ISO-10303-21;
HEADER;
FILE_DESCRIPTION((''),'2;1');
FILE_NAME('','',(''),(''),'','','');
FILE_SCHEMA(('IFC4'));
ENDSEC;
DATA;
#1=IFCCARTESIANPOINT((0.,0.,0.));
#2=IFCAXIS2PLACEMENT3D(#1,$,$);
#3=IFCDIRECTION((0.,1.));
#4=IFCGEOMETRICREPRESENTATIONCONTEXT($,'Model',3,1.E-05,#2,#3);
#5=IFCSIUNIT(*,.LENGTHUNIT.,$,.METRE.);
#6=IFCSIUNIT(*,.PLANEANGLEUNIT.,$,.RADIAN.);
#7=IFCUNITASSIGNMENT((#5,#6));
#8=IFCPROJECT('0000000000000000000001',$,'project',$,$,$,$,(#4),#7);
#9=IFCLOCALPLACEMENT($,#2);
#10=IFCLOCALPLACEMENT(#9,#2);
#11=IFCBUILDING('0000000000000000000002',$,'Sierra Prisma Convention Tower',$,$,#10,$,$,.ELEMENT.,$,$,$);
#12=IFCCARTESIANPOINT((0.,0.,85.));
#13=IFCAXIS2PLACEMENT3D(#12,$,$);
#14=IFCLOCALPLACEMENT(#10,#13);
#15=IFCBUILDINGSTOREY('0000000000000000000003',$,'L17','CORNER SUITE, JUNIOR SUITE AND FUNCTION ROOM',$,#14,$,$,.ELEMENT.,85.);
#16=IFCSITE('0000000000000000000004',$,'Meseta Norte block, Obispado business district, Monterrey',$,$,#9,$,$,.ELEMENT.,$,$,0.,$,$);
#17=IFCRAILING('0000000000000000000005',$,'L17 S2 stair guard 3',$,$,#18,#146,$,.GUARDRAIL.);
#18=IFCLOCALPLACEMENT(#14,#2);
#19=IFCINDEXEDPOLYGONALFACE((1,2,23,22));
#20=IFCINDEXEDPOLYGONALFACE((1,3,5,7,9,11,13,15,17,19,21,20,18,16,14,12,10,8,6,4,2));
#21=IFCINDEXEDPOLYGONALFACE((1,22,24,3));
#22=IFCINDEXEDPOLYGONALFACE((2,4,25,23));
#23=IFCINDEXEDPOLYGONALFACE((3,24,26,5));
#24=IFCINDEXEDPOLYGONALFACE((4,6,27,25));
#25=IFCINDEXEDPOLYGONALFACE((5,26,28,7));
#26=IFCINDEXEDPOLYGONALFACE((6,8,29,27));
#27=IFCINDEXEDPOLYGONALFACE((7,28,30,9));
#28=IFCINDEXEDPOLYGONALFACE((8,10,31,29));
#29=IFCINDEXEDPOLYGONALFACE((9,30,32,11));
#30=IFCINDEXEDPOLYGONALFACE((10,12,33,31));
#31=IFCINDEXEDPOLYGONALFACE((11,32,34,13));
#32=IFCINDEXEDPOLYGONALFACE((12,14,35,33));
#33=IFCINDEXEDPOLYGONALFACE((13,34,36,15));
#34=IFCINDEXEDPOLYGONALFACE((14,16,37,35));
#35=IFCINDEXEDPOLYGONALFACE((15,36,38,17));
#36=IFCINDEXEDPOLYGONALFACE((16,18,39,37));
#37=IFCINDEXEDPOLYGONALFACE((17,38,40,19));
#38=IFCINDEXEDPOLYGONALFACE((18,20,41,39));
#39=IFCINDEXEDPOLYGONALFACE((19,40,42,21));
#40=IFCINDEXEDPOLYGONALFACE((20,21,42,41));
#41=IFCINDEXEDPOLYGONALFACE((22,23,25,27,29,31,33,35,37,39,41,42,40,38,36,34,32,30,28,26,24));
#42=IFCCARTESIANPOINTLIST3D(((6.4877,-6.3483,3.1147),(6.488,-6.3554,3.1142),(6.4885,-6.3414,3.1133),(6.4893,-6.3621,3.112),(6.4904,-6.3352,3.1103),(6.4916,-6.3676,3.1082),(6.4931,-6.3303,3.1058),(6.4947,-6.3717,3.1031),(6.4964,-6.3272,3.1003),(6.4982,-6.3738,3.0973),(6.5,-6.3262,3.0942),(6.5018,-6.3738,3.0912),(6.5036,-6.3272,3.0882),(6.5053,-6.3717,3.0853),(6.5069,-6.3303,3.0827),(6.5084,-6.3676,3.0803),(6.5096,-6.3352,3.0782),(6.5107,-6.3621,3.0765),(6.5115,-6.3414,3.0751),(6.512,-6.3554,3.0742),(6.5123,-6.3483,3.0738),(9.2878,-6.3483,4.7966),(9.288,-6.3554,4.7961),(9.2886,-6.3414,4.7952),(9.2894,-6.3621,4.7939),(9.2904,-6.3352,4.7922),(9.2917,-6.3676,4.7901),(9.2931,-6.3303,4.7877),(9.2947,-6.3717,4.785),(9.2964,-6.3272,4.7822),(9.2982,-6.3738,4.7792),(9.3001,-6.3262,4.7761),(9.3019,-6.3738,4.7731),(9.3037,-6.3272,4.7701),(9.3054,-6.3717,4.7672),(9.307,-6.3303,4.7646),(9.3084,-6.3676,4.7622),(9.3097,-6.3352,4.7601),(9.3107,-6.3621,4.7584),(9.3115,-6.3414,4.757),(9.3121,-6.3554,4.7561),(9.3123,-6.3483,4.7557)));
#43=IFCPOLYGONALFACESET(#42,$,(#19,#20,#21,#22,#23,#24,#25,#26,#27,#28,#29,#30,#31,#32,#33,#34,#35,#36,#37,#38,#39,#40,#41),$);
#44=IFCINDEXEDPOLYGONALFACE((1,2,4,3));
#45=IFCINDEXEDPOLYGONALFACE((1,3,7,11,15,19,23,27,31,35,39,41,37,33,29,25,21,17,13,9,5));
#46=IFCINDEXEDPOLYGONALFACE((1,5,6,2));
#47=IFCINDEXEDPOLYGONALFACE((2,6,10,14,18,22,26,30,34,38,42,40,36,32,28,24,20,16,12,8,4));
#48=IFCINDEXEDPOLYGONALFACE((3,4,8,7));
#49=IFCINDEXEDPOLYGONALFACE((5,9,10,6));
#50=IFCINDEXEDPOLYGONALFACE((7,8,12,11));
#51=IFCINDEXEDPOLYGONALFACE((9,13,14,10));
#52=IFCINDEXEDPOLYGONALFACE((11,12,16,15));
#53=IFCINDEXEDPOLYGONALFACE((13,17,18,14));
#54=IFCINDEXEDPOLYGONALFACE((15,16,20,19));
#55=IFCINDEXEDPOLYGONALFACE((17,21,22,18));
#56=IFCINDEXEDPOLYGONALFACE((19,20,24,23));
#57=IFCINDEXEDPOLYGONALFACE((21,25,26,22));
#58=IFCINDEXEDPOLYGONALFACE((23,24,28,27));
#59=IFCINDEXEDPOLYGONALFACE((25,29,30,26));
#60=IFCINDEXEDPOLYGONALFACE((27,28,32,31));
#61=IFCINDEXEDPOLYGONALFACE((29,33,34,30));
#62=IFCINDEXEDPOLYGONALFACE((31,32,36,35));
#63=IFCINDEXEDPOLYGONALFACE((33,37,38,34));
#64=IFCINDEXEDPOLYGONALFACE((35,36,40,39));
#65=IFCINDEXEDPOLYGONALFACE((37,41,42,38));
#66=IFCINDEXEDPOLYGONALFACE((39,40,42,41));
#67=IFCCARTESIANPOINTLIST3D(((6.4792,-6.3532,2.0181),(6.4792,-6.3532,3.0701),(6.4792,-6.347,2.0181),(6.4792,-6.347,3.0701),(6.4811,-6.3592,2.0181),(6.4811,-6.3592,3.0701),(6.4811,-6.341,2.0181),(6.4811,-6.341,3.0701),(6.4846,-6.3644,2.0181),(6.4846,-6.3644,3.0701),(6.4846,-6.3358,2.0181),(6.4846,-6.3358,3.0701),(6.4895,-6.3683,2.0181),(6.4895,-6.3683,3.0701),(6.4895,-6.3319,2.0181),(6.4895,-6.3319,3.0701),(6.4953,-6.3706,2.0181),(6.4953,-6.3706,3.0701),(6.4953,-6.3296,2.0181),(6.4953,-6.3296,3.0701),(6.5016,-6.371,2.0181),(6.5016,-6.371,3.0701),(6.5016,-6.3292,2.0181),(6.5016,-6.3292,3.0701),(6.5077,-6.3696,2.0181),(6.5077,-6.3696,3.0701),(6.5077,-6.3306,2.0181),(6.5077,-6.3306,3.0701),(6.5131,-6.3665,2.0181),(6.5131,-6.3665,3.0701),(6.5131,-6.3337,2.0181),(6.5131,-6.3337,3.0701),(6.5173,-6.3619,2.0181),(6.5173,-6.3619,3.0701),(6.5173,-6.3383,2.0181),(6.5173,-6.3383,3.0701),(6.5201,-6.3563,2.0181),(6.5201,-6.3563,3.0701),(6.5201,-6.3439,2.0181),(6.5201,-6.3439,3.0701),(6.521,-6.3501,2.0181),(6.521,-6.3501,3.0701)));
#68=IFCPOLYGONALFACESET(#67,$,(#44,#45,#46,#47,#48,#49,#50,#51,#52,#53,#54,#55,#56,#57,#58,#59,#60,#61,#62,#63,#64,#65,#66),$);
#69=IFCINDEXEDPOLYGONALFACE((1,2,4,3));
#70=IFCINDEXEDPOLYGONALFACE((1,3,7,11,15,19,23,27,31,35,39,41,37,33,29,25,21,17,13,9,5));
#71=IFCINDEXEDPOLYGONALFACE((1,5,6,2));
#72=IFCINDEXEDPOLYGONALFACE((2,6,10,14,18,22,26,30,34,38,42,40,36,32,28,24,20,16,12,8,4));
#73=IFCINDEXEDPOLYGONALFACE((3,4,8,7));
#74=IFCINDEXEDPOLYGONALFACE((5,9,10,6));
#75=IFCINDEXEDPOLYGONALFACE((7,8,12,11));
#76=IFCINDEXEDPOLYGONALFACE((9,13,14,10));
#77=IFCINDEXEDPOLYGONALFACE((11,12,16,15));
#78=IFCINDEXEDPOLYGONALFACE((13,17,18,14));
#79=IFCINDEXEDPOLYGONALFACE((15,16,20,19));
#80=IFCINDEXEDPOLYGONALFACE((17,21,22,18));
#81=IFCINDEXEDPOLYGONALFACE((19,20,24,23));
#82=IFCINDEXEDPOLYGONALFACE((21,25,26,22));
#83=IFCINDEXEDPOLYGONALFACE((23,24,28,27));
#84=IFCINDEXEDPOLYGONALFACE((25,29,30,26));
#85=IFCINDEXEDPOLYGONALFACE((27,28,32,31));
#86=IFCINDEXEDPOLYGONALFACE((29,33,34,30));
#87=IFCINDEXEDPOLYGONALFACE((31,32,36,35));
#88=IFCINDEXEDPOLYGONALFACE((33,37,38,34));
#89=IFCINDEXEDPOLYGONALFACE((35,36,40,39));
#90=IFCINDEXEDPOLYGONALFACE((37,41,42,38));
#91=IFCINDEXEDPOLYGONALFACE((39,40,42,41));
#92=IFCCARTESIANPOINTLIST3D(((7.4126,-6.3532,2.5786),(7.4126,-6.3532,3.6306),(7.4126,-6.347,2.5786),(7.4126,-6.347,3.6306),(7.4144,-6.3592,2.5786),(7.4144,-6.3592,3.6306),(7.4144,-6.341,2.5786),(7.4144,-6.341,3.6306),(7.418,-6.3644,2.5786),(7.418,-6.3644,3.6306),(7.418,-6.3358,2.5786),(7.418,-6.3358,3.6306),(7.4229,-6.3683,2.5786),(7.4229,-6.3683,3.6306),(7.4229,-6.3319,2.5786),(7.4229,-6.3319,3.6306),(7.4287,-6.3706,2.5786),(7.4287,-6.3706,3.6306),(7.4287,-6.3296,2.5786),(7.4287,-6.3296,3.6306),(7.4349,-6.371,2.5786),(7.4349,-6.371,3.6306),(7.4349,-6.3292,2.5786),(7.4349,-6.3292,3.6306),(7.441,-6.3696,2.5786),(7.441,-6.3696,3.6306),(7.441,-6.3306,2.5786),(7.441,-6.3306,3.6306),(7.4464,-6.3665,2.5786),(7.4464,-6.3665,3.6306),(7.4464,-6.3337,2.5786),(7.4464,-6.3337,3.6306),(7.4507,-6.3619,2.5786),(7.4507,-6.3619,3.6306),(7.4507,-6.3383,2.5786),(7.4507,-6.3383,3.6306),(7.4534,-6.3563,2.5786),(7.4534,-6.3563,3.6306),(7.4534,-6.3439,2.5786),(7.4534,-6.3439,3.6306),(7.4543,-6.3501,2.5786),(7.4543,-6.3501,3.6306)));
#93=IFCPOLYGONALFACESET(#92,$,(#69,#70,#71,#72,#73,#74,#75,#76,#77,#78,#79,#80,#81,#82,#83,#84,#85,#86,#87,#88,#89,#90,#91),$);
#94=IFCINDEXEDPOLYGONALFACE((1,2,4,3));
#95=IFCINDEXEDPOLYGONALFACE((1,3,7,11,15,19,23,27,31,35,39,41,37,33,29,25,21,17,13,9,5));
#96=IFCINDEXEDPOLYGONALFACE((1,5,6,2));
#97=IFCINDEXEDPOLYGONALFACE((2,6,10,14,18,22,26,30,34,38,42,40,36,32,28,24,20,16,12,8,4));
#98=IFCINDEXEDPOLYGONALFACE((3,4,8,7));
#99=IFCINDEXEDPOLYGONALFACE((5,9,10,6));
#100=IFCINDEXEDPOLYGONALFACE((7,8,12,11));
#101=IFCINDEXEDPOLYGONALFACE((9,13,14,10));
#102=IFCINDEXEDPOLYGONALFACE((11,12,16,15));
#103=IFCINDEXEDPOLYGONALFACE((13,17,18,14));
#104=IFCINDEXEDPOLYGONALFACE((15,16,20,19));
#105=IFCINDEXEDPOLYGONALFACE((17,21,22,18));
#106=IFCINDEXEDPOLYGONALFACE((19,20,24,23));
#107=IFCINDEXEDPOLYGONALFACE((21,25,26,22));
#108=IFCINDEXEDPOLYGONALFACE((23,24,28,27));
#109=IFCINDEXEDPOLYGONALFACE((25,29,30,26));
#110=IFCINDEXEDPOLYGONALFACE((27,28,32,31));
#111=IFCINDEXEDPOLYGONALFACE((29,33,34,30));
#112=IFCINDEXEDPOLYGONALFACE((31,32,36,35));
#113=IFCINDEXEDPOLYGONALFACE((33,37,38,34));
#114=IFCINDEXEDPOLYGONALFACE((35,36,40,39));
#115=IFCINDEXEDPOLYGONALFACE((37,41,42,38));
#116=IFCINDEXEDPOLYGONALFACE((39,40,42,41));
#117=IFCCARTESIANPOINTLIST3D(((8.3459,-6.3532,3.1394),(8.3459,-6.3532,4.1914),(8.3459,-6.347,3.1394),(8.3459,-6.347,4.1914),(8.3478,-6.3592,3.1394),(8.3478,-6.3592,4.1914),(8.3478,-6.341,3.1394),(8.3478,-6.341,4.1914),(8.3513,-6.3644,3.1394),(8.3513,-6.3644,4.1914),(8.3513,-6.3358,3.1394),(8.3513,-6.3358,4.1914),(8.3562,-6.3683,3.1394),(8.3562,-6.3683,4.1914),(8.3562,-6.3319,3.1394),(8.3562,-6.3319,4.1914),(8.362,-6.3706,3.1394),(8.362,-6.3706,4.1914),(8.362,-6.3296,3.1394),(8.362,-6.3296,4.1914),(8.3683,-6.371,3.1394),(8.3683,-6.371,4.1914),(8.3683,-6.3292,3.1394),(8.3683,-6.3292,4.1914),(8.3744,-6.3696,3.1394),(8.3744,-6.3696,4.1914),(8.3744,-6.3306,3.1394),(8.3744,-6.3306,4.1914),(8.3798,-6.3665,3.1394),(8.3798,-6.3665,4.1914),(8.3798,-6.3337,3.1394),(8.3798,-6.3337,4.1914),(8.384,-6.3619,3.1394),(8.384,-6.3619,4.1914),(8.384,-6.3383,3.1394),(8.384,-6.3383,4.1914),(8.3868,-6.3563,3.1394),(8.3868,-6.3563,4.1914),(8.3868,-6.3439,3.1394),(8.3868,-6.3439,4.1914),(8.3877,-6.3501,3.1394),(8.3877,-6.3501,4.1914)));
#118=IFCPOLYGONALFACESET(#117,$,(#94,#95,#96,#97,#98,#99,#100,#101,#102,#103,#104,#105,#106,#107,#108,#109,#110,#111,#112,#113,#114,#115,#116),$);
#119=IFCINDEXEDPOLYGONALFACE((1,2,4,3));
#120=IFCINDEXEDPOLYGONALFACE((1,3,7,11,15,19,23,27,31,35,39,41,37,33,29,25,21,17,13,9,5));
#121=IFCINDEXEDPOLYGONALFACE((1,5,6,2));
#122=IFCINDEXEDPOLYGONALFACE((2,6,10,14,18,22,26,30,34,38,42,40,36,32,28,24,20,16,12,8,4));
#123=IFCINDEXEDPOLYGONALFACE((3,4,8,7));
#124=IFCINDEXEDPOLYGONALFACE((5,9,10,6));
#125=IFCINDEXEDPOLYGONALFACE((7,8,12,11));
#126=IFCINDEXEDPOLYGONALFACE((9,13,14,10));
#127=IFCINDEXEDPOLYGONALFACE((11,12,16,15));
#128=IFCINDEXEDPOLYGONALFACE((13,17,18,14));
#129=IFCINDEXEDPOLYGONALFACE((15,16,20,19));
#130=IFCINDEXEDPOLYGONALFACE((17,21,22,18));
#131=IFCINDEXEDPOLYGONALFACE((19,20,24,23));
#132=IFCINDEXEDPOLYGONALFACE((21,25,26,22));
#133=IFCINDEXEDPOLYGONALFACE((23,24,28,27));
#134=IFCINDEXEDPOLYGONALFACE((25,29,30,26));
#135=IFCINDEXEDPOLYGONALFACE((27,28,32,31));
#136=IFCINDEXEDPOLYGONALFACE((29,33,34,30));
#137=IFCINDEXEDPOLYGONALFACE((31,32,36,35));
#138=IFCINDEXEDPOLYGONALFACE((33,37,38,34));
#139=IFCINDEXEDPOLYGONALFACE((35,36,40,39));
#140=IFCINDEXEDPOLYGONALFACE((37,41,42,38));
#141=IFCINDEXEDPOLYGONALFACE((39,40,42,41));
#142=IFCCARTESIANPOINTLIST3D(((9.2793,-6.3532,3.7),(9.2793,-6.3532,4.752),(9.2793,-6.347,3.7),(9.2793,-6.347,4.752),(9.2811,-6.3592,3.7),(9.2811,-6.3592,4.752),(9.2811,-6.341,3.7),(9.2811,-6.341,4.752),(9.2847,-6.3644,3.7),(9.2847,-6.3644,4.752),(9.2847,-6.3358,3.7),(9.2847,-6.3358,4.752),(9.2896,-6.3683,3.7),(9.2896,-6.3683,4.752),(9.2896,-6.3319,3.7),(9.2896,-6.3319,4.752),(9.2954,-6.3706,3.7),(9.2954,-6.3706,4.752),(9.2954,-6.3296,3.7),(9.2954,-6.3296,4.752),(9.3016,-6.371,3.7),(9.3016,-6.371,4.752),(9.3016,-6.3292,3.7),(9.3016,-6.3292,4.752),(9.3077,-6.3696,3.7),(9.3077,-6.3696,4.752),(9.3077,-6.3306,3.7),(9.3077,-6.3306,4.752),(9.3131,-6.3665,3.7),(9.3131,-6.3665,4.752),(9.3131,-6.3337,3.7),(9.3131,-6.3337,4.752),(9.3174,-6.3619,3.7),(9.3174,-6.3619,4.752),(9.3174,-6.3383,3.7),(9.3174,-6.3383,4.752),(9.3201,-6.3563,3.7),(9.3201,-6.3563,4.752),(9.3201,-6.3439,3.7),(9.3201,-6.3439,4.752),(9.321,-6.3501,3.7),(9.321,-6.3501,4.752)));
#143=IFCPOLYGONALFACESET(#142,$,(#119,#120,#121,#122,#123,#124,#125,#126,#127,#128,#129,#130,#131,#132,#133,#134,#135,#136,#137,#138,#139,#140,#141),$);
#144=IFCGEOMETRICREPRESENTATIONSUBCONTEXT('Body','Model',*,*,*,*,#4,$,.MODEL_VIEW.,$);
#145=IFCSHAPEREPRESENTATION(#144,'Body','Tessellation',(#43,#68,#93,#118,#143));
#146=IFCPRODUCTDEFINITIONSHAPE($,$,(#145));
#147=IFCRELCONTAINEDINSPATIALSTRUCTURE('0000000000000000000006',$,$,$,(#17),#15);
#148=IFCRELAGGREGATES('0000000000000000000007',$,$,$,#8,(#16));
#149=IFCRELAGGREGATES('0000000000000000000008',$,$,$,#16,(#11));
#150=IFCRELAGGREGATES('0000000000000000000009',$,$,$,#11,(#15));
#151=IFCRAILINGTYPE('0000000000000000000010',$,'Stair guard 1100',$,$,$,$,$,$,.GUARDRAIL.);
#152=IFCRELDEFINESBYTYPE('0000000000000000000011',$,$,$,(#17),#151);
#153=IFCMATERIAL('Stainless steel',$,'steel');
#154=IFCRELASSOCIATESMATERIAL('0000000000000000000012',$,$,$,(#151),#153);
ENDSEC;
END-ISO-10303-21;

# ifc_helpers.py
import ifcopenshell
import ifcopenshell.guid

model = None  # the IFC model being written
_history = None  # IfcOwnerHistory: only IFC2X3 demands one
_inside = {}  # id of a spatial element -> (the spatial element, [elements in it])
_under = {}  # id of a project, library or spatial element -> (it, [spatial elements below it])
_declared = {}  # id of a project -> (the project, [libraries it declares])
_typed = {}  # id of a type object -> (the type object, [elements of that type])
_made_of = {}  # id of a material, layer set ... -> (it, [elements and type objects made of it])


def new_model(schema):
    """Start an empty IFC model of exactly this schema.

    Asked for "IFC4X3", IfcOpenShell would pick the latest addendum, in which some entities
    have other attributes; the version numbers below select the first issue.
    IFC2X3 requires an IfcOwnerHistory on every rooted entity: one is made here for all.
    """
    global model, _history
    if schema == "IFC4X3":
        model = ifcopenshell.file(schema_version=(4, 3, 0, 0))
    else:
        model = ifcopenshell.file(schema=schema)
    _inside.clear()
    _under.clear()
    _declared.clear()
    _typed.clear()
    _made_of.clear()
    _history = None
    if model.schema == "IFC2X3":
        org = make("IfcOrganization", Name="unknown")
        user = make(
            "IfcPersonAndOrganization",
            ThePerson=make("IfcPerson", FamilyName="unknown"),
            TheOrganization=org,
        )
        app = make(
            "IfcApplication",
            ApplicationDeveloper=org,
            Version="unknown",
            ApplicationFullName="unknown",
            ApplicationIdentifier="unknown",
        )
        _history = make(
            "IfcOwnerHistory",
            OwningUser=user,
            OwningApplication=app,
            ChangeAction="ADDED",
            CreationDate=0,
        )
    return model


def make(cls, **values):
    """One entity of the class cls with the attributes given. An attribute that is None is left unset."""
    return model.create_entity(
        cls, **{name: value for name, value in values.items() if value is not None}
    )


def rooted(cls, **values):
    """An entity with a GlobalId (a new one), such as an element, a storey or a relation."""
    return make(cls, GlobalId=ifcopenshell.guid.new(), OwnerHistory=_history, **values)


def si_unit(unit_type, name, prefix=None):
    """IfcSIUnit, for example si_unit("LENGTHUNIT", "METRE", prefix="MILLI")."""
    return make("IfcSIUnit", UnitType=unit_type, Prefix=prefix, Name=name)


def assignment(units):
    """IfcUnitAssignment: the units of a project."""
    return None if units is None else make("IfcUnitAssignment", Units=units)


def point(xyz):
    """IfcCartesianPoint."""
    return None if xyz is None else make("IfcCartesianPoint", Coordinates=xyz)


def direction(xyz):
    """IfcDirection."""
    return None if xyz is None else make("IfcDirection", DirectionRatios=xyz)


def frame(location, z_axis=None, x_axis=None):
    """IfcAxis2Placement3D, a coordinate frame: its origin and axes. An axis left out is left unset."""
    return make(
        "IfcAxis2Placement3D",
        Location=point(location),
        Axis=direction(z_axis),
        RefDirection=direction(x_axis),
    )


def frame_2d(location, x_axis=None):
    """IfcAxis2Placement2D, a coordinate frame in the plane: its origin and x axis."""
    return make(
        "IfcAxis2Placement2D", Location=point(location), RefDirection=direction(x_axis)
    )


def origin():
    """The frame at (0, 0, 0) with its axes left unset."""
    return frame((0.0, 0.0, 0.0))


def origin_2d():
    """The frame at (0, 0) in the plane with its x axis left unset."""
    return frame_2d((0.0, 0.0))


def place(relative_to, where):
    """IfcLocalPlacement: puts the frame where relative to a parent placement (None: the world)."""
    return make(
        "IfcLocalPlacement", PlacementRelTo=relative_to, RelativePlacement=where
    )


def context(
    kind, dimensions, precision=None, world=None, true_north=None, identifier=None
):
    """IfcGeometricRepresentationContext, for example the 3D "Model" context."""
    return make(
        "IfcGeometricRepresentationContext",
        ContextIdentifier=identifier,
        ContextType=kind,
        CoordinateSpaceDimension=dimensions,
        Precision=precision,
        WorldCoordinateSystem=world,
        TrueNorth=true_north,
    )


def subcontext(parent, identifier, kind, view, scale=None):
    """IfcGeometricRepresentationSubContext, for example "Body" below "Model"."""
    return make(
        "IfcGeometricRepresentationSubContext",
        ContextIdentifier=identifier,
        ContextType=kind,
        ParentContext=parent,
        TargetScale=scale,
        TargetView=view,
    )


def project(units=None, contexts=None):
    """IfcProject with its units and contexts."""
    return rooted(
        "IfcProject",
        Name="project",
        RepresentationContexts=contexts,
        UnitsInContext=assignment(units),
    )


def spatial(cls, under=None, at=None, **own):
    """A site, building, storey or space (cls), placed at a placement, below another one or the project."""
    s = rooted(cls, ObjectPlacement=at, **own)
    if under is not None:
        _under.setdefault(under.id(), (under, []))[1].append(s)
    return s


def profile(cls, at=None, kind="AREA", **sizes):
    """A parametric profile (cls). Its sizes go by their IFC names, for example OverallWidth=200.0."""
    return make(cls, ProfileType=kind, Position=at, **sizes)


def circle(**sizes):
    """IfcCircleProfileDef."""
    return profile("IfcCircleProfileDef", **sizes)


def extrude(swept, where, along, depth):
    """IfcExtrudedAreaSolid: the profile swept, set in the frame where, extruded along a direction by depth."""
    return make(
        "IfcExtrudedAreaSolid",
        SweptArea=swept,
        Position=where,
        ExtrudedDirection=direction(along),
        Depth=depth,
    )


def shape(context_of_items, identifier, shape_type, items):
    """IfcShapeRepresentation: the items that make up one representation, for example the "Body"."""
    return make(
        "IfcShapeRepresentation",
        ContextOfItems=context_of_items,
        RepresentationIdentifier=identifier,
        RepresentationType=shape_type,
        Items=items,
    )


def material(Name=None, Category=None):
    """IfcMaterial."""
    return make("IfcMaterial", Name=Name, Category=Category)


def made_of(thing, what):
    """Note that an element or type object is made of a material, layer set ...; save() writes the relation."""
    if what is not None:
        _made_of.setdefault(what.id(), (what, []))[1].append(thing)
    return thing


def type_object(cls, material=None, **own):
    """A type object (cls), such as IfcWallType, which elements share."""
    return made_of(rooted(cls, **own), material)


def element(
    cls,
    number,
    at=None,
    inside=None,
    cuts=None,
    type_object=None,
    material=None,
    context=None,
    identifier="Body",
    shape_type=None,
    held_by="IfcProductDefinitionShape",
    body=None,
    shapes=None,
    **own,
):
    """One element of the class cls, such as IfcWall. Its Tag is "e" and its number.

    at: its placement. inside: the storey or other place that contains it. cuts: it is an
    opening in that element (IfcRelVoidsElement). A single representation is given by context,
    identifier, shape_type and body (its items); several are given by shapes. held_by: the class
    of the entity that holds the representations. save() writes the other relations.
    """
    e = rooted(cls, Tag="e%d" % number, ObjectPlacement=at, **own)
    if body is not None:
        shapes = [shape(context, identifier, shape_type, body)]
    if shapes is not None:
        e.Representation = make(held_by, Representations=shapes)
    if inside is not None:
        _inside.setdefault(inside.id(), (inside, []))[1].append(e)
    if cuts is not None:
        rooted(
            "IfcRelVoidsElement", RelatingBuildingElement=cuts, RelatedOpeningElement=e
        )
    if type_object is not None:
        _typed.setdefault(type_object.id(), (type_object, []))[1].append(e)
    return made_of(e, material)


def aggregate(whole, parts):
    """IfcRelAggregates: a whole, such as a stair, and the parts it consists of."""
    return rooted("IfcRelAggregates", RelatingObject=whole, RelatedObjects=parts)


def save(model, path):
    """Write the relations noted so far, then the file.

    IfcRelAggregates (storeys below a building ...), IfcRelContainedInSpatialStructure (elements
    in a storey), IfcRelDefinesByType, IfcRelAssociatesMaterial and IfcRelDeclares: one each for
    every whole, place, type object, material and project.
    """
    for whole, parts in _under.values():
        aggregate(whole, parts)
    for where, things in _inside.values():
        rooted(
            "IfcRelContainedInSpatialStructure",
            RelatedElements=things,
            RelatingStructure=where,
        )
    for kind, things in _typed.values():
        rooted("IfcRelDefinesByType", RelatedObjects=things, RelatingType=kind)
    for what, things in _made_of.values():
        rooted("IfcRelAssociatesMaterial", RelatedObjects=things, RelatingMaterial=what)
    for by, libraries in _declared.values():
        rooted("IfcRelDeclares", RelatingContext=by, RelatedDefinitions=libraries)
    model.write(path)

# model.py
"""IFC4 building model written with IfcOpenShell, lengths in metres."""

from ifc_helpers import new_model, si_unit, direction, frame, origin, origin_2d, place, context, subcontext, project, spatial, circle, extrude, material, type_object, element, save


model = new_model("IFC4")

# Units and contexts
model_context = context("Model", 3, precision=1e-05, world=origin(), true_north=direction((0.0, 1.0)))
body_context = subcontext(model_context, "Body", "Model", "MODEL_VIEW")
ifc_project = project(units=[si_unit("LENGTHUNIT", "METRE"), si_unit("PLANEANGLEUNIT", "RADIAN")], contexts=[model_context])

# Site, building, storey
site_placement = place(None, origin())
site = spatial("IfcSite", under=ifc_project, at=site_placement, Name="Meseta Norte block, Obispado business district, Monterrey", CompositionType="ELEMENT", RefElevation=0.0)
building_placement = place(site_placement, origin())
building = spatial("IfcBuilding", under=site, at=building_placement, Name="Sierra Prisma Convention Tower", CompositionType="ELEMENT")
storey_placement = place(building_placement, frame((0.0, 0.0, 85.0)))
storey = spatial("IfcBuildingStorey", under=building, at=storey_placement, Name="L17", Description="CORNER SUITE, JUNIOR SUITE AND FUNCTION ROOM", CompositionType="ELEMENT", Elevation=85.0)

# Railing
ifc_material_1 = material(Name="Stainless steel", Category="steel")
railing_type_1 = type_object("IfcRailingType", Name="Stair guard 1100", PredefinedType="GUARDRAIL", material=ifc_material_1)
railing_1_placement = place(storey_placement, frame((6.5, -6.3501, 2.0181)))
element("IfcRailing", 1, at=railing_1_placement, inside=storey, type_object=railing_type_1, Name="L17 S2 stair guard 3", PredefinedType="GUARDRAIL", context=body_context, shape_type="SweptSolid", body=[
    extrude(circle(Radius=0.0239, at=origin_2d()), frame((0.0, 0.0, 1.0762), z_axis=(0.857242, 0.0, 0.514913), x_axis=(0.0, 1.0, 0.0)), (0.0, 0.0, 1.0), 3.2664),
    extrude(circle(Radius=0.021, at=origin_2d()), origin(), (0.0, 0.0, 1.0), 1.052),
    extrude(circle(Radius=0.021, at=origin_2d()), frame((0.9333, 0.0, 0.5605)), (0.0, 0.0, 1.0), 1.052),
    extrude(circle(Radius=0.021, at=origin_2d()), frame((1.8667, 0.0, 1.1213)), (0.0, 0.0, 1.0), 1.052),
    extrude(circle(Radius=0.021, at=origin_2d()), frame((2.8, 0.0, 1.6819)), (0.0, 0.0, 1.0), 1.052),
])

save(model, "model.ifc")
